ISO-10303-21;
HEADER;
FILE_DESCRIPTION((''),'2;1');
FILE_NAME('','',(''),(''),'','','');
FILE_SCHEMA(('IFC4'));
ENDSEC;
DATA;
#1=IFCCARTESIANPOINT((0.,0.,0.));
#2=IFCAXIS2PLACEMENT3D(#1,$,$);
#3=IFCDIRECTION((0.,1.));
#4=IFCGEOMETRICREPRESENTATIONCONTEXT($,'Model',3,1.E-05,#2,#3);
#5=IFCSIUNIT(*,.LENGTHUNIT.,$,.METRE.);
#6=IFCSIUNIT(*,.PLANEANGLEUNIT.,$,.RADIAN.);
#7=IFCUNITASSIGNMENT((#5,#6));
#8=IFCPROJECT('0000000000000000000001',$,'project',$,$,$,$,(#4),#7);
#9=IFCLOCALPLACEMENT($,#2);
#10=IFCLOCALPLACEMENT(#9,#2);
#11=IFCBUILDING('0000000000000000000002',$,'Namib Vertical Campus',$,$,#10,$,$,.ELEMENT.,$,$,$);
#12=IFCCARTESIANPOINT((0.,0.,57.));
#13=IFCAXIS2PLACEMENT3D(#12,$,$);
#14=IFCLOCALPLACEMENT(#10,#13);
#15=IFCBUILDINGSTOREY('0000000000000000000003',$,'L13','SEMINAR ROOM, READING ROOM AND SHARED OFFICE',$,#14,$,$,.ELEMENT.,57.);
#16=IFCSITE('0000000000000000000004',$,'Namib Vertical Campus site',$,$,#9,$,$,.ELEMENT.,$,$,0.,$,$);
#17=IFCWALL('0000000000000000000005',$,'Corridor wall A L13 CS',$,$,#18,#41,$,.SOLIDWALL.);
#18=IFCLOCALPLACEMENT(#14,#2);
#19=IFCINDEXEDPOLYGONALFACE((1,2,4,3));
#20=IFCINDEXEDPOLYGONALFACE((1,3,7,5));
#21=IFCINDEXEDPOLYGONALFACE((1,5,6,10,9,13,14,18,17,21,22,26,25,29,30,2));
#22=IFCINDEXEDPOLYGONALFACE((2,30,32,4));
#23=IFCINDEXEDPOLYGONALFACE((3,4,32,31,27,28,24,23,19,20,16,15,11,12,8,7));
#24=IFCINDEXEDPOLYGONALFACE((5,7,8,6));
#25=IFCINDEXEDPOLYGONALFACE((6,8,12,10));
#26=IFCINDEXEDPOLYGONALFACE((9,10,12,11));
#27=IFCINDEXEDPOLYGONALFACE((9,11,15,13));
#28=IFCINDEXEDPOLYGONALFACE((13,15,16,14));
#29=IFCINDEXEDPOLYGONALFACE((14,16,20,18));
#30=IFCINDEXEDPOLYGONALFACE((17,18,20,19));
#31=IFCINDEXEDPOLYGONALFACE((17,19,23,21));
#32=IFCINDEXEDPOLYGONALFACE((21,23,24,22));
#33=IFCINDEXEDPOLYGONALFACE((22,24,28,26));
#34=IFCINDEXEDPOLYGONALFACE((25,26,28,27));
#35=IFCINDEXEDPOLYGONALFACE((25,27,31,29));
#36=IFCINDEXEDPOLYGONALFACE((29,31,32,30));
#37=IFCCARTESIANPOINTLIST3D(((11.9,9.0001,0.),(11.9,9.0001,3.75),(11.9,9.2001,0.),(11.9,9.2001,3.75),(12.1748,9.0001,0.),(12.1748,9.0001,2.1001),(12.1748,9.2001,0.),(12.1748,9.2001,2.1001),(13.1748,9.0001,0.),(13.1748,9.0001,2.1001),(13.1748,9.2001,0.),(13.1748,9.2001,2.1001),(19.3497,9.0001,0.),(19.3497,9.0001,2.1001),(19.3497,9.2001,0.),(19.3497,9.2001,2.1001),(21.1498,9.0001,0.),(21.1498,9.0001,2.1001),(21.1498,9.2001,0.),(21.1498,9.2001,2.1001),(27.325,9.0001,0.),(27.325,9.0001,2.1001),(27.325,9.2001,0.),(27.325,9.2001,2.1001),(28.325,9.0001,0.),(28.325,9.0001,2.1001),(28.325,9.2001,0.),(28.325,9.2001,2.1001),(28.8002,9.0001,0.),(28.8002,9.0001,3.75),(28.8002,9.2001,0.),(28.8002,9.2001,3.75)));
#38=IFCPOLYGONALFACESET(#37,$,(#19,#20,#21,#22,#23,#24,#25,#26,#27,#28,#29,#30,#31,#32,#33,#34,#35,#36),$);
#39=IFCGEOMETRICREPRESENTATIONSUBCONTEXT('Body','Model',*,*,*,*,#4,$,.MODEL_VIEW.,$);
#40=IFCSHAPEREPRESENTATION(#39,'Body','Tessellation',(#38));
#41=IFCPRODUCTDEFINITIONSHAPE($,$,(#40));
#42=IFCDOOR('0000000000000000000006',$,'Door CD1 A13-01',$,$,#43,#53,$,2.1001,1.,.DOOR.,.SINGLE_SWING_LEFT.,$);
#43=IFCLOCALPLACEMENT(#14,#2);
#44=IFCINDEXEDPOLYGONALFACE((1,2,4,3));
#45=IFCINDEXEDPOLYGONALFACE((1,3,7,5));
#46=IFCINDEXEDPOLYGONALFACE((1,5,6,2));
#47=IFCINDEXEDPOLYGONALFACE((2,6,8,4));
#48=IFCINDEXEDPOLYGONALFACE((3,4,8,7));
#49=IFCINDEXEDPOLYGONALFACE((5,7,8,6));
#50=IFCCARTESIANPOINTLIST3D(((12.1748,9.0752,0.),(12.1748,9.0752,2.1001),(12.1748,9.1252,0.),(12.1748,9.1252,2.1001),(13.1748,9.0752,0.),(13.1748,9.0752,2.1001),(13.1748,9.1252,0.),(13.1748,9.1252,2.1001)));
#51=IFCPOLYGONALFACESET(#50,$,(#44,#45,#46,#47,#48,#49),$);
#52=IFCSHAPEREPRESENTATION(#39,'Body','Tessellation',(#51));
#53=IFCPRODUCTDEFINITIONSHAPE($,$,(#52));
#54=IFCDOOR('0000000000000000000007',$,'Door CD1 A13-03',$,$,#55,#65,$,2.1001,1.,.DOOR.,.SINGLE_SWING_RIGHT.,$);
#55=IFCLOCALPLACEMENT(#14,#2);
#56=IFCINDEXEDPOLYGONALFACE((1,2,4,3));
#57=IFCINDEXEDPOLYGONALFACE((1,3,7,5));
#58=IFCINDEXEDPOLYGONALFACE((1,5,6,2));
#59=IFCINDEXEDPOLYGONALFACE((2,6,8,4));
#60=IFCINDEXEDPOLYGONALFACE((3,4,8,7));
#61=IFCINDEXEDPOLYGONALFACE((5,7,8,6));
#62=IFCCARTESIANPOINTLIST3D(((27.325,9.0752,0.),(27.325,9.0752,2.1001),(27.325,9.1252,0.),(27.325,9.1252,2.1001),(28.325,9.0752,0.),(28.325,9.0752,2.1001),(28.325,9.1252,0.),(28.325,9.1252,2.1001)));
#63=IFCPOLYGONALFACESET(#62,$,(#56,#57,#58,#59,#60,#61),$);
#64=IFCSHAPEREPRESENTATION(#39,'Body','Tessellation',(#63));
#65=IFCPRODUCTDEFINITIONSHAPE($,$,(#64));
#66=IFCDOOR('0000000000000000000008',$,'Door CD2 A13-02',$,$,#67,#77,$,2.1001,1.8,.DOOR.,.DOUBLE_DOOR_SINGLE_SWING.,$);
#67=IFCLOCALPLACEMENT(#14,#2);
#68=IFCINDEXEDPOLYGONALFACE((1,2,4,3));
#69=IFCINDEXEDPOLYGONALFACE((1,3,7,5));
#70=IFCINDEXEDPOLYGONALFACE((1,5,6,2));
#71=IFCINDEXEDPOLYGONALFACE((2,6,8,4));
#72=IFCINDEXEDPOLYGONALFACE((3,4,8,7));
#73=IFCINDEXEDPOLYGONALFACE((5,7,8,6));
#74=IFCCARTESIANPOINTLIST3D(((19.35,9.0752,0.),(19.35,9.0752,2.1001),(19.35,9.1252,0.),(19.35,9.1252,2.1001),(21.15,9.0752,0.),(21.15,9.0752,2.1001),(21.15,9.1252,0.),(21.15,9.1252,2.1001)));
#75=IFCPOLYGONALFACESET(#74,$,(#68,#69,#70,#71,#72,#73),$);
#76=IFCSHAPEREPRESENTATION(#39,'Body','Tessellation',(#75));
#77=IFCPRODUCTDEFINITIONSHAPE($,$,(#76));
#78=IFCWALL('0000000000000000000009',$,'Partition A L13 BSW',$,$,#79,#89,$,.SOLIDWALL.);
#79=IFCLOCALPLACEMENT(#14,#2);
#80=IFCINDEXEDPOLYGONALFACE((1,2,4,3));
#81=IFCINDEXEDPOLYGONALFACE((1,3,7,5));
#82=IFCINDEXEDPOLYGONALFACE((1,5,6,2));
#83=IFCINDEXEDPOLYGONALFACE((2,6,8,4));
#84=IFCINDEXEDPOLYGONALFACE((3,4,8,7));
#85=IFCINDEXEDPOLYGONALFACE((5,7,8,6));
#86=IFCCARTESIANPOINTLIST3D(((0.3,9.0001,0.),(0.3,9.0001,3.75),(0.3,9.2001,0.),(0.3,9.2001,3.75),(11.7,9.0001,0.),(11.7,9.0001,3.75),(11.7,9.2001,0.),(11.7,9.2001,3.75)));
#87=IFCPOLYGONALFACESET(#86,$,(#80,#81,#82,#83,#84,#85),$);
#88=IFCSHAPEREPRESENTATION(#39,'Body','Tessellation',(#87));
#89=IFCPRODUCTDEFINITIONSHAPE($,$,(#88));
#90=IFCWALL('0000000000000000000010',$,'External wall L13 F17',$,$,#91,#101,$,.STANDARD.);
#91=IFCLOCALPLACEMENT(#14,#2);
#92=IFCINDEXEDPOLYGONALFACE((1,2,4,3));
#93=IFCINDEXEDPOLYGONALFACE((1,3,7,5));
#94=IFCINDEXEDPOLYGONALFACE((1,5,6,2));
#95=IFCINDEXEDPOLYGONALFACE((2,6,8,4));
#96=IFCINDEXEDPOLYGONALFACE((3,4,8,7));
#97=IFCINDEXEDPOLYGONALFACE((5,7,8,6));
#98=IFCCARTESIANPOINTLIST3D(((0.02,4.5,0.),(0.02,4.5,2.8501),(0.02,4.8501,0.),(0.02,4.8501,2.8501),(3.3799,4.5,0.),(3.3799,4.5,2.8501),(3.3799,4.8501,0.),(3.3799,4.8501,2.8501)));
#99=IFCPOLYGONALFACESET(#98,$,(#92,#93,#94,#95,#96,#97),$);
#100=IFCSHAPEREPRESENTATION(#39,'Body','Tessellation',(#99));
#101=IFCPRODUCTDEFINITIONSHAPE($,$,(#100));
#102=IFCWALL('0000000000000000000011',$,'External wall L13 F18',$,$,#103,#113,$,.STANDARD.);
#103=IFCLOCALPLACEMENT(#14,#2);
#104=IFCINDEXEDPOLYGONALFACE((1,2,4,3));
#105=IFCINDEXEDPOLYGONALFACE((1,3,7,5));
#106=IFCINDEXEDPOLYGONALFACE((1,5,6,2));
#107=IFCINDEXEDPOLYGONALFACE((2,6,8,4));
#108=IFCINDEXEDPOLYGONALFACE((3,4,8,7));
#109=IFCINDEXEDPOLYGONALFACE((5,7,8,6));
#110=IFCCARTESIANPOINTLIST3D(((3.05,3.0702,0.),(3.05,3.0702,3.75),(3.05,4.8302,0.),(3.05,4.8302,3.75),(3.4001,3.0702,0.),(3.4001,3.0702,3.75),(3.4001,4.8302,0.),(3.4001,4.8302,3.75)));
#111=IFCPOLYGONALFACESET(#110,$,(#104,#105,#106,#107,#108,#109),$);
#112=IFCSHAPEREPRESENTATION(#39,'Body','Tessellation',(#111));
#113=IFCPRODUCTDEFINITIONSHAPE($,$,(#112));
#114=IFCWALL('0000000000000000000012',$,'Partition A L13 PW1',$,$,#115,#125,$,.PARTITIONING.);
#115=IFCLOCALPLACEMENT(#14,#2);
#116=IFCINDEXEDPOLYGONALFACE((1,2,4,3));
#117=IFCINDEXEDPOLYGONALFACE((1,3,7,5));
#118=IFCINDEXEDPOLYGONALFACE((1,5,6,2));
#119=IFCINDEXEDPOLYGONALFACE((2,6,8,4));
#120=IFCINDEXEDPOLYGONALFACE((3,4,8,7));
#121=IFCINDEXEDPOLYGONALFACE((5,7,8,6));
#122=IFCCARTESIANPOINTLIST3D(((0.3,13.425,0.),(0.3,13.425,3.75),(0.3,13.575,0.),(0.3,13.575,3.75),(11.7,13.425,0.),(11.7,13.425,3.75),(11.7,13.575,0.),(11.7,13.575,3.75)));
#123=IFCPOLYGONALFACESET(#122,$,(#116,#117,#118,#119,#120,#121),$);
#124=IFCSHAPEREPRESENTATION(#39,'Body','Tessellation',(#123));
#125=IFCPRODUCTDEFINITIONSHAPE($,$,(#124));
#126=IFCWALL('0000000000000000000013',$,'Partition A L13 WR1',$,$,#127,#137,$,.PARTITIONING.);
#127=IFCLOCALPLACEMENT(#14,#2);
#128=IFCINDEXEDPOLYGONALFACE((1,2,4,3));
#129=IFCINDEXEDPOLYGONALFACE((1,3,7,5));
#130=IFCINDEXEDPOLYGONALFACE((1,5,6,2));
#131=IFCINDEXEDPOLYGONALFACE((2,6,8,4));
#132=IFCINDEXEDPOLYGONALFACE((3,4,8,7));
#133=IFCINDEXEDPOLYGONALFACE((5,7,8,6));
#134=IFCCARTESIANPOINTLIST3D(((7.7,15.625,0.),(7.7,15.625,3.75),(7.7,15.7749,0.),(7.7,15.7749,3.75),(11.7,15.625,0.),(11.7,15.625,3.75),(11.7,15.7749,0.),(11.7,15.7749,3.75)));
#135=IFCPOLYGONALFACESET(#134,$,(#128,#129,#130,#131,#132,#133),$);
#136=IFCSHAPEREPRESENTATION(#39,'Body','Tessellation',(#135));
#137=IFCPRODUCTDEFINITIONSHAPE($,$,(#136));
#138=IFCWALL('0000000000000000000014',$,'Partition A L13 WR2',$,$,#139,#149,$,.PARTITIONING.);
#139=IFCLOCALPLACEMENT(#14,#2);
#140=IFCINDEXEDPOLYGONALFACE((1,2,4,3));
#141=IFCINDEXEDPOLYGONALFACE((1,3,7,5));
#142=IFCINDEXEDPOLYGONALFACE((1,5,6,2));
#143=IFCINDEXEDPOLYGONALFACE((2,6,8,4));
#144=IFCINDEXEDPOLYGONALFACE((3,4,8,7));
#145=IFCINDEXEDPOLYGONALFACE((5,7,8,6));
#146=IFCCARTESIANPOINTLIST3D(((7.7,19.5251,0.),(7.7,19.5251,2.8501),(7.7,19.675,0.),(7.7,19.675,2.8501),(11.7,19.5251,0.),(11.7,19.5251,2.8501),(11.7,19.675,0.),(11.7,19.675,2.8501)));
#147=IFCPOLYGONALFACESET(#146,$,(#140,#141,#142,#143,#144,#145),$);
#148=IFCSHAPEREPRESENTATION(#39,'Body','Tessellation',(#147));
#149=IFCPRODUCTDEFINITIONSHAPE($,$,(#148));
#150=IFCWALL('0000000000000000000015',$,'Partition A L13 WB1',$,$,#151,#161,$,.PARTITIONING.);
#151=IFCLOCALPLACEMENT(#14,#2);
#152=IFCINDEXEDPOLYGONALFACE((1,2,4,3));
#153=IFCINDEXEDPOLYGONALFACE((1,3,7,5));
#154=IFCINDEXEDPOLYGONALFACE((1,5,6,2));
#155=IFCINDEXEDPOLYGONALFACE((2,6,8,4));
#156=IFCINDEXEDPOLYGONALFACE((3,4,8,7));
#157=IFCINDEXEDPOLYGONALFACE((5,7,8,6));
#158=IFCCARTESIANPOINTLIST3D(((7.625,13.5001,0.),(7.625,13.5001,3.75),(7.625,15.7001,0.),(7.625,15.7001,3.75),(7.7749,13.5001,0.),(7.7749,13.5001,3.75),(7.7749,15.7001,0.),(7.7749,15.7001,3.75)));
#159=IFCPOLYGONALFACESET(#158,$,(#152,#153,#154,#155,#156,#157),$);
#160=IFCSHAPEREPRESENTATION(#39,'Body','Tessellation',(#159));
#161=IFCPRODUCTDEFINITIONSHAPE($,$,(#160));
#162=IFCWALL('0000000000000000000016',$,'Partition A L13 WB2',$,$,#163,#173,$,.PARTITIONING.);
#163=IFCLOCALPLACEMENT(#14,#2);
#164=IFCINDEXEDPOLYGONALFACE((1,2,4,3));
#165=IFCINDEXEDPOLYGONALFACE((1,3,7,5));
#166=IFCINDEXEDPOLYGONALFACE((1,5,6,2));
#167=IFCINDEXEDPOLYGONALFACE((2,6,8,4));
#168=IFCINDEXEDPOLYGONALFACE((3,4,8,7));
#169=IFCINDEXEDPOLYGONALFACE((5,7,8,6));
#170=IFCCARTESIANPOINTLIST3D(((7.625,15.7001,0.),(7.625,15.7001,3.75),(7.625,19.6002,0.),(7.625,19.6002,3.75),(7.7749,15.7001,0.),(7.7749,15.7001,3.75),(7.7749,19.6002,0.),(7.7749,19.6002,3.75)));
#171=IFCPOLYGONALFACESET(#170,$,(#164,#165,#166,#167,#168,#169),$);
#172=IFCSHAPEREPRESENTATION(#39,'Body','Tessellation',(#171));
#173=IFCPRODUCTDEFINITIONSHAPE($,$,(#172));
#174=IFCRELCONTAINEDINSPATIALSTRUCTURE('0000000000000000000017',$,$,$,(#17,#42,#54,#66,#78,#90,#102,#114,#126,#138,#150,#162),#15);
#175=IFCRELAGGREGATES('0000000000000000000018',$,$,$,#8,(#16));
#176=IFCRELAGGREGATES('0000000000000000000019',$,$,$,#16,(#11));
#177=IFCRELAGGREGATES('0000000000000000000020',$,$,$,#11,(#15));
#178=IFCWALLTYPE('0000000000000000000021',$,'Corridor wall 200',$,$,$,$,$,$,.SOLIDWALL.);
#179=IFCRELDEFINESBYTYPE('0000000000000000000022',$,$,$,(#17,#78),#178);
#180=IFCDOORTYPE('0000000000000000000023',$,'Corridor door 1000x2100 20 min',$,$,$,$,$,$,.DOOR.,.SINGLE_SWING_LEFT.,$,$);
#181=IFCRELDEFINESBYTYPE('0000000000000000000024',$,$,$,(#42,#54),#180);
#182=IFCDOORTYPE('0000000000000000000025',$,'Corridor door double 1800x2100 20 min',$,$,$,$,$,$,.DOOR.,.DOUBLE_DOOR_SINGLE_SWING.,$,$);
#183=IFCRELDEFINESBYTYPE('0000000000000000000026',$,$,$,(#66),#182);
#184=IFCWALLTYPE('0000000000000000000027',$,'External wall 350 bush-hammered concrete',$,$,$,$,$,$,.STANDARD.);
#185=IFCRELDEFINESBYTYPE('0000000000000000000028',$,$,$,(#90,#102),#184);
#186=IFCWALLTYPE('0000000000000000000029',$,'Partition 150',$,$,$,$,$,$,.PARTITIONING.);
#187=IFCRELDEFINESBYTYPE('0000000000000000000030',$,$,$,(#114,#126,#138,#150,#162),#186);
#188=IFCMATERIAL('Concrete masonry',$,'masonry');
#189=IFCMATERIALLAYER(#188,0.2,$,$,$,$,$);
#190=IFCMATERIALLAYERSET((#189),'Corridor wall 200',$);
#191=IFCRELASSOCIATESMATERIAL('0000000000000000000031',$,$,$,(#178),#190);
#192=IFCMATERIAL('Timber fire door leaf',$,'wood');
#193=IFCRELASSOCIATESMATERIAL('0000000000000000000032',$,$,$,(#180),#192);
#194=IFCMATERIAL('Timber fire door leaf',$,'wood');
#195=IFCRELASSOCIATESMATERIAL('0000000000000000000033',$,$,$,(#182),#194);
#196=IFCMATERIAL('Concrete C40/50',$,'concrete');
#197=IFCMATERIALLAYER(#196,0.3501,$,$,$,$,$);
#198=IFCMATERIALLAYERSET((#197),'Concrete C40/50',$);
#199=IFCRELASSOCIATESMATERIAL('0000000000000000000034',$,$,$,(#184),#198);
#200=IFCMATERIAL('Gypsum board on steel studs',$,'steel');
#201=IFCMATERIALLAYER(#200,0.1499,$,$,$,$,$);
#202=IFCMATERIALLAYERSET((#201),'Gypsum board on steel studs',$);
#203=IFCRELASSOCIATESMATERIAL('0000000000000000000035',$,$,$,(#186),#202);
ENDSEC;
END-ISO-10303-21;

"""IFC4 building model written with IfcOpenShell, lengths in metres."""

from ifc_helpers import new_model, si_unit, direction, frame, frame_2d, origin, place, context, subcontext, project, spatial, rectangle, extrude, material, layer, layer_set, type_object, element, fill, save


model = new_model("IFC4")

# Units and contexts
model_context = context("Model", 3, precision=1e-05, world=origin(), true_north=direction((0.0, 1.0)))
body_context = subcontext(model_context, "Body", "Model", "MODEL_VIEW")
ifc_project = project(units=[si_unit("LENGTHUNIT", "METRE"), si_unit("PLANEANGLEUNIT", "RADIAN")], contexts=[model_context])

# Site, building, storey
site_placement = place(None, origin())
site = spatial("IfcSite", under=ifc_project, at=site_placement, Name="Namib Vertical Campus site", CompositionType="ELEMENT", RefElevation=0.0)
building_placement = place(site_placement, origin())
building = spatial("IfcBuilding", under=site, at=building_placement, Name="Namib Vertical Campus", CompositionType="ELEMENT")
storey_placement = place(building_placement, frame((0.0, 0.0, 57.0)))
storey = spatial("IfcBuildingStorey", under=building, at=storey_placement, Name="L13", Description="SEMINAR ROOM, READING ROOM AND SHARED OFFICE", CompositionType="ELEMENT", Elevation=57.0)

# Wall, openings, doors
ifc_material_1 = material(Name="Concrete masonry", Category="masonry")
ifc_layer_1 = layer(ifc_material_1, 0.2)
ifc_layer_set_1 = layer_set([ifc_layer_1], Name="Corridor wall 200")
wall_type_1 = type_object("IfcWallType", Name="Corridor wall 200", PredefinedType="SOLIDWALL", material=ifc_layer_set_1)
wall_1_placement = place(storey_placement, frame((11.8999, 9.1001, 0.0), z_axis=(0.0, 0.0, 1.0), x_axis=(1.0, 0.0, 0.0)))
wall_1 = element("IfcWall", 1, at=wall_1_placement, inside=storey, type_object=wall_type_1, Name="Corridor wall A L13 CS", PredefinedType="SOLIDWALL", context=body_context, shape_type="SweptSolid", body=[
    extrude(rectangle(XDim=16.9001, YDim=0.2, at=frame_2d((8.4502, 0.0))), origin(), (0.0, 0.0, 1.0), 3.75),
])
opening_1_placement = place(wall_1_placement, frame((0.2749, 0.0, 0.0)))
opening_1 = element("IfcOpeningElement", 2, at=opening_1_placement, cuts=wall_1, PredefinedType="OPENING", context=body_context, shape_type="SweptSolid", body=[
    extrude(rectangle(XDim=1.0, YDim=2.1001, at=frame_2d((0.5, 1.05))), frame((0.0, 0.1099, 0.0), z_axis=(0.0, -1.0, 0.0), x_axis=(1.0, 0.0, 0.0)), (0.0, 0.0, 1.0), 0.22),
])
opening_2_placement = place(wall_1_placement, frame((7.45, 0.0, 0.0)))
opening_2 = element("IfcOpeningElement", 3, at=opening_2_placement, cuts=wall_1, PredefinedType="OPENING", context=body_context, shape_type="SweptSolid", body=[
    extrude(rectangle(XDim=1.8, YDim=2.1001, at=frame_2d((0.8999, 1.05))), frame((0.0, 0.1099, 0.0), z_axis=(0.0, -1.0, 0.0), x_axis=(1.0, 0.0, 0.0)), (0.0, 0.0, 1.0), 0.22),
])
opening_3_placement = place(wall_1_placement, frame((15.425, 0.0, 0.0)))
opening_3 = element("IfcOpeningElement", 4, at=opening_3_placement, cuts=wall_1, PredefinedType="OPENING", context=body_context, shape_type="SweptSolid", body=[
    extrude(rectangle(XDim=1.0, YDim=2.1001, at=frame_2d((0.5, 1.05))), frame((0.0, 0.1099, 0.0), z_axis=(0.0, -1.0, 0.0), x_axis=(1.0, 0.0, 0.0)), (0.0, 0.0, 1.0), 0.22),
])
ifc_material_2 = material(Name="Timber fire door leaf", Category="wood")
door_type_1 = type_object("IfcDoorType", Name="Corridor door 1000x2100 20 min", OperationType="SINGLE_SWING_LEFT", PredefinedType="DOOR", material=ifc_material_2)
door_1_placement = place(opening_1_placement, frame((1.0, 0.0, 0.0), z_axis=(0.0, 0.0, 1.0), x_axis=(-1.0, 0.0, 0.0)))
door_1 = element("IfcDoor", 5, at=door_1_placement, inside=storey, type_object=door_type_1, Name="Door CD1 A13-01", OperationType="SINGLE_SWING_LEFT", OverallHeight=2.1001, OverallWidth=1.0, PredefinedType="DOOR", context=body_context, shape_type="SweptSolid", body=[
    extrude(rectangle(XDim=1.0, YDim=2.1001, at=frame_2d((0.5, 1.05))), frame((0.0, 0.0249, 0.0), z_axis=(0.0, -1.0, 0.0), x_axis=(1.0, 0.0, 0.0)), (0.0, 0.0, 1.0), 0.05),
])
fill(opening_1, door_1)
door_2_placement = place(opening_3_placement, frame((1.0, 0.0, 0.0), z_axis=(0.0, 0.0, 1.0), x_axis=(-1.0, 0.0, 0.0)))
door_2 = element("IfcDoor", 6, at=door_2_placement, inside=storey, type_object=door_type_1, Name="Door CD1 A13-03", OperationType="SINGLE_SWING_RIGHT", OverallHeight=2.1001, OverallWidth=1.0, PredefinedType="DOOR", context=body_context, shape_type="SweptSolid", body=[
    extrude(rectangle(XDim=1.0, YDim=2.1001, at=frame_2d((0.5, 1.05))), frame((0.0, 0.0249, 0.0), z_axis=(0.0, -1.0, 0.0), x_axis=(1.0, 0.0, 0.0)), (0.0, 0.0, 1.0), 0.05),
])
fill(opening_3, door_2)
ifc_material_3 = material(Name="Timber fire door leaf", Category="wood")
door_type_2 = type_object("IfcDoorType", Name="Corridor door double 1800x2100 20 min", OperationType="DOUBLE_DOOR_SINGLE_SWING", PredefinedType="DOOR", material=ifc_material_3)
door_3_placement = place(opening_2_placement, frame((1.8, 0.0, 0.0), z_axis=(0.0, 0.0, 1.0), x_axis=(-1.0, 0.0, 0.0)))
door_3 = element("IfcDoor", 7, at=door_3_placement, inside=storey, type_object=door_type_2, Name="Door CD2 A13-02", OperationType="DOUBLE_DOOR_SINGLE_SWING", OverallHeight=2.1001, OverallWidth=1.8, PredefinedType="DOOR", context=body_context, shape_type="SweptSolid", body=[
    extrude(rectangle(XDim=1.8, YDim=2.1001, at=frame_2d((0.8999, 1.05))), frame((0.0, 0.0249, 0.0), z_axis=(0.0, -1.0, 0.0), x_axis=(1.0, 0.0, 0.0)), (0.0, 0.0, 1.0), 0.05),
])
fill(opening_2, door_3)

# Walls
wall_2_placement = place(storey_placement, frame((0.3, 9.1001, 0.0), z_axis=(0.0, 0.0, 1.0), x_axis=(1.0, 0.0, 0.0)))
element("IfcWall", 8, at=wall_2_placement, inside=storey, type_object=wall_type_1, Name="Partition A L13 BSW", PredefinedType="SOLIDWALL", context=body_context, shape_type="SweptSolid", body=[
    extrude(rectangle(XDim=11.3999, YDim=0.2, at=frame_2d((5.7, 0.0))), origin(), (0.0, 0.0, 1.0), 3.75),
])
ifc_material_4 = material(Name="Concrete C40/50", Category="concrete")
ifc_layer_2 = layer(ifc_material_4, 0.3501)
ifc_layer_set_2 = layer_set([ifc_layer_2], Name="Concrete C40/50")
wall_type_2 = type_object("IfcWallType", Name="External wall 350 bush-hammered concrete", PredefinedType="STANDARD", material=ifc_layer_set_2)
wall_3_placement = place(storey_placement, frame((0.02, 4.675, 0.0), z_axis=(0.0, 0.0, 1.0), x_axis=(1.0, 0.0, 0.0)))
element("IfcWall", 9, at=wall_3_placement, inside=storey, type_object=wall_type_2, Name="External wall L13 F17", PredefinedType="STANDARD", context=body_context, shape_type="SweptSolid", body=[
    extrude(rectangle(XDim=3.3599, YDim=0.3501, at=frame_2d((1.6799, 0.0))), origin(), (0.0, 0.0, 1.0), 2.8501),
])
wall_4_placement = place(storey_placement, frame((3.2251, 4.8301, 0.0), z_axis=(0.0, 0.0, 1.0), x_axis=(0.0, -1.0, 0.0)))
element("IfcWall", 10, at=wall_4_placement, inside=storey, type_object=wall_type_2, Name="External wall L13 F18", PredefinedType="STANDARD", context=body_context, shape_type="SweptSolid", body=[
    extrude(rectangle(XDim=1.76, YDim=0.3501, at=frame_2d((0.8799, 0.0))), origin(), (0.0, 0.0, 1.0), 3.75),
])
ifc_material_5 = material(Name="Gypsum board on steel studs", Category="steel")
ifc_layer_3 = layer(ifc_material_5, 0.1499)
ifc_layer_set_3 = layer_set([ifc_layer_3], Name="Gypsum board on steel studs")
wall_type_3 = type_object("IfcWallType", Name="Partition 150", PredefinedType="PARTITIONING", material=ifc_layer_set_3)
wall_5_placement = place(storey_placement, frame((0.3, 13.5, 0.0), z_axis=(0.0, 0.0, 1.0), x_axis=(1.0, 0.0, 0.0)))
element("IfcWall", 11, at=wall_5_placement, inside=storey, type_object=wall_type_3, Name="Partition A L13 PW1", PredefinedType="PARTITIONING", context=body_context, shape_type="SweptSolid", body=[
    extrude(rectangle(XDim=11.3999, YDim=0.1499, at=frame_2d((5.7, 0.0))), origin(), (0.0, 0.0, 1.0), 3.75),
])
wall_6_placement = place(storey_placement, frame((11.7, 15.7, 0.0), z_axis=(0.0, 0.0, 1.0), x_axis=(-1.0, 0.0, 0.0)))
element("IfcWall", 12, at=wall_6_placement, inside=storey, type_object=wall_type_3, Name="Partition A L13 WR1", PredefinedType="PARTITIONING", context=body_context, shape_type="SweptSolid", body=[
    extrude(rectangle(XDim=4.0, YDim=0.1499, at=frame_2d((2.0, 0.0))), origin(), (0.0, 0.0, 1.0), 3.75),
])
wall_7_placement = place(storey_placement, frame((11.7, 19.6001, 0.0), z_axis=(0.0, 0.0, 1.0), x_axis=(-1.0, 0.0, 0.0)))
element("IfcWall", 13, at=wall_7_placement, inside=storey, type_object=wall_type_3, Name="Partition A L13 WR2", PredefinedType="PARTITIONING", context=body_context, shape_type="SweptSolid", body=[
    extrude(rectangle(XDim=4.0, YDim=0.1499, at=frame_2d((2.0, 0.0))), origin(), (0.0, 0.0, 1.0), 2.8501),
])
wall_8_placement = place(storey_placement, frame((7.7, 13.5, 0.0), z_axis=(0.0, 0.0, 1.0), x_axis=(0.0, 1.0, 0.0)))
element("IfcWall", 14, at=wall_8_placement, inside=storey, type_object=wall_type_3, Name="Partition A L13 WB1", PredefinedType="PARTITIONING", context=body_context, shape_type="SweptSolid", body=[
    extrude(rectangle(XDim=2.2, YDim=0.1499, at=frame_2d((1.1001, 0.0))), origin(), (0.0, 0.0, 1.0), 3.75),
])
wall_9_placement = place(storey_placement, frame((7.7, 15.7, 0.0), z_axis=(0.0, 0.0, 1.0), x_axis=(0.0, 1.0, 0.0)))
element("IfcWall", 15, at=wall_9_placement, inside=storey, type_object=wall_type_3, Name="Partition A L13 WB2", PredefinedType="PARTITIONING", context=body_context, shape_type="SweptSolid", body=[
    extrude(rectangle(XDim=3.9001, YDim=0.1499, at=frame_2d((1.9502, 0.0))), origin(), (0.0, 0.0, 1.0), 3.75),
])

save(model, "model.ifc")
